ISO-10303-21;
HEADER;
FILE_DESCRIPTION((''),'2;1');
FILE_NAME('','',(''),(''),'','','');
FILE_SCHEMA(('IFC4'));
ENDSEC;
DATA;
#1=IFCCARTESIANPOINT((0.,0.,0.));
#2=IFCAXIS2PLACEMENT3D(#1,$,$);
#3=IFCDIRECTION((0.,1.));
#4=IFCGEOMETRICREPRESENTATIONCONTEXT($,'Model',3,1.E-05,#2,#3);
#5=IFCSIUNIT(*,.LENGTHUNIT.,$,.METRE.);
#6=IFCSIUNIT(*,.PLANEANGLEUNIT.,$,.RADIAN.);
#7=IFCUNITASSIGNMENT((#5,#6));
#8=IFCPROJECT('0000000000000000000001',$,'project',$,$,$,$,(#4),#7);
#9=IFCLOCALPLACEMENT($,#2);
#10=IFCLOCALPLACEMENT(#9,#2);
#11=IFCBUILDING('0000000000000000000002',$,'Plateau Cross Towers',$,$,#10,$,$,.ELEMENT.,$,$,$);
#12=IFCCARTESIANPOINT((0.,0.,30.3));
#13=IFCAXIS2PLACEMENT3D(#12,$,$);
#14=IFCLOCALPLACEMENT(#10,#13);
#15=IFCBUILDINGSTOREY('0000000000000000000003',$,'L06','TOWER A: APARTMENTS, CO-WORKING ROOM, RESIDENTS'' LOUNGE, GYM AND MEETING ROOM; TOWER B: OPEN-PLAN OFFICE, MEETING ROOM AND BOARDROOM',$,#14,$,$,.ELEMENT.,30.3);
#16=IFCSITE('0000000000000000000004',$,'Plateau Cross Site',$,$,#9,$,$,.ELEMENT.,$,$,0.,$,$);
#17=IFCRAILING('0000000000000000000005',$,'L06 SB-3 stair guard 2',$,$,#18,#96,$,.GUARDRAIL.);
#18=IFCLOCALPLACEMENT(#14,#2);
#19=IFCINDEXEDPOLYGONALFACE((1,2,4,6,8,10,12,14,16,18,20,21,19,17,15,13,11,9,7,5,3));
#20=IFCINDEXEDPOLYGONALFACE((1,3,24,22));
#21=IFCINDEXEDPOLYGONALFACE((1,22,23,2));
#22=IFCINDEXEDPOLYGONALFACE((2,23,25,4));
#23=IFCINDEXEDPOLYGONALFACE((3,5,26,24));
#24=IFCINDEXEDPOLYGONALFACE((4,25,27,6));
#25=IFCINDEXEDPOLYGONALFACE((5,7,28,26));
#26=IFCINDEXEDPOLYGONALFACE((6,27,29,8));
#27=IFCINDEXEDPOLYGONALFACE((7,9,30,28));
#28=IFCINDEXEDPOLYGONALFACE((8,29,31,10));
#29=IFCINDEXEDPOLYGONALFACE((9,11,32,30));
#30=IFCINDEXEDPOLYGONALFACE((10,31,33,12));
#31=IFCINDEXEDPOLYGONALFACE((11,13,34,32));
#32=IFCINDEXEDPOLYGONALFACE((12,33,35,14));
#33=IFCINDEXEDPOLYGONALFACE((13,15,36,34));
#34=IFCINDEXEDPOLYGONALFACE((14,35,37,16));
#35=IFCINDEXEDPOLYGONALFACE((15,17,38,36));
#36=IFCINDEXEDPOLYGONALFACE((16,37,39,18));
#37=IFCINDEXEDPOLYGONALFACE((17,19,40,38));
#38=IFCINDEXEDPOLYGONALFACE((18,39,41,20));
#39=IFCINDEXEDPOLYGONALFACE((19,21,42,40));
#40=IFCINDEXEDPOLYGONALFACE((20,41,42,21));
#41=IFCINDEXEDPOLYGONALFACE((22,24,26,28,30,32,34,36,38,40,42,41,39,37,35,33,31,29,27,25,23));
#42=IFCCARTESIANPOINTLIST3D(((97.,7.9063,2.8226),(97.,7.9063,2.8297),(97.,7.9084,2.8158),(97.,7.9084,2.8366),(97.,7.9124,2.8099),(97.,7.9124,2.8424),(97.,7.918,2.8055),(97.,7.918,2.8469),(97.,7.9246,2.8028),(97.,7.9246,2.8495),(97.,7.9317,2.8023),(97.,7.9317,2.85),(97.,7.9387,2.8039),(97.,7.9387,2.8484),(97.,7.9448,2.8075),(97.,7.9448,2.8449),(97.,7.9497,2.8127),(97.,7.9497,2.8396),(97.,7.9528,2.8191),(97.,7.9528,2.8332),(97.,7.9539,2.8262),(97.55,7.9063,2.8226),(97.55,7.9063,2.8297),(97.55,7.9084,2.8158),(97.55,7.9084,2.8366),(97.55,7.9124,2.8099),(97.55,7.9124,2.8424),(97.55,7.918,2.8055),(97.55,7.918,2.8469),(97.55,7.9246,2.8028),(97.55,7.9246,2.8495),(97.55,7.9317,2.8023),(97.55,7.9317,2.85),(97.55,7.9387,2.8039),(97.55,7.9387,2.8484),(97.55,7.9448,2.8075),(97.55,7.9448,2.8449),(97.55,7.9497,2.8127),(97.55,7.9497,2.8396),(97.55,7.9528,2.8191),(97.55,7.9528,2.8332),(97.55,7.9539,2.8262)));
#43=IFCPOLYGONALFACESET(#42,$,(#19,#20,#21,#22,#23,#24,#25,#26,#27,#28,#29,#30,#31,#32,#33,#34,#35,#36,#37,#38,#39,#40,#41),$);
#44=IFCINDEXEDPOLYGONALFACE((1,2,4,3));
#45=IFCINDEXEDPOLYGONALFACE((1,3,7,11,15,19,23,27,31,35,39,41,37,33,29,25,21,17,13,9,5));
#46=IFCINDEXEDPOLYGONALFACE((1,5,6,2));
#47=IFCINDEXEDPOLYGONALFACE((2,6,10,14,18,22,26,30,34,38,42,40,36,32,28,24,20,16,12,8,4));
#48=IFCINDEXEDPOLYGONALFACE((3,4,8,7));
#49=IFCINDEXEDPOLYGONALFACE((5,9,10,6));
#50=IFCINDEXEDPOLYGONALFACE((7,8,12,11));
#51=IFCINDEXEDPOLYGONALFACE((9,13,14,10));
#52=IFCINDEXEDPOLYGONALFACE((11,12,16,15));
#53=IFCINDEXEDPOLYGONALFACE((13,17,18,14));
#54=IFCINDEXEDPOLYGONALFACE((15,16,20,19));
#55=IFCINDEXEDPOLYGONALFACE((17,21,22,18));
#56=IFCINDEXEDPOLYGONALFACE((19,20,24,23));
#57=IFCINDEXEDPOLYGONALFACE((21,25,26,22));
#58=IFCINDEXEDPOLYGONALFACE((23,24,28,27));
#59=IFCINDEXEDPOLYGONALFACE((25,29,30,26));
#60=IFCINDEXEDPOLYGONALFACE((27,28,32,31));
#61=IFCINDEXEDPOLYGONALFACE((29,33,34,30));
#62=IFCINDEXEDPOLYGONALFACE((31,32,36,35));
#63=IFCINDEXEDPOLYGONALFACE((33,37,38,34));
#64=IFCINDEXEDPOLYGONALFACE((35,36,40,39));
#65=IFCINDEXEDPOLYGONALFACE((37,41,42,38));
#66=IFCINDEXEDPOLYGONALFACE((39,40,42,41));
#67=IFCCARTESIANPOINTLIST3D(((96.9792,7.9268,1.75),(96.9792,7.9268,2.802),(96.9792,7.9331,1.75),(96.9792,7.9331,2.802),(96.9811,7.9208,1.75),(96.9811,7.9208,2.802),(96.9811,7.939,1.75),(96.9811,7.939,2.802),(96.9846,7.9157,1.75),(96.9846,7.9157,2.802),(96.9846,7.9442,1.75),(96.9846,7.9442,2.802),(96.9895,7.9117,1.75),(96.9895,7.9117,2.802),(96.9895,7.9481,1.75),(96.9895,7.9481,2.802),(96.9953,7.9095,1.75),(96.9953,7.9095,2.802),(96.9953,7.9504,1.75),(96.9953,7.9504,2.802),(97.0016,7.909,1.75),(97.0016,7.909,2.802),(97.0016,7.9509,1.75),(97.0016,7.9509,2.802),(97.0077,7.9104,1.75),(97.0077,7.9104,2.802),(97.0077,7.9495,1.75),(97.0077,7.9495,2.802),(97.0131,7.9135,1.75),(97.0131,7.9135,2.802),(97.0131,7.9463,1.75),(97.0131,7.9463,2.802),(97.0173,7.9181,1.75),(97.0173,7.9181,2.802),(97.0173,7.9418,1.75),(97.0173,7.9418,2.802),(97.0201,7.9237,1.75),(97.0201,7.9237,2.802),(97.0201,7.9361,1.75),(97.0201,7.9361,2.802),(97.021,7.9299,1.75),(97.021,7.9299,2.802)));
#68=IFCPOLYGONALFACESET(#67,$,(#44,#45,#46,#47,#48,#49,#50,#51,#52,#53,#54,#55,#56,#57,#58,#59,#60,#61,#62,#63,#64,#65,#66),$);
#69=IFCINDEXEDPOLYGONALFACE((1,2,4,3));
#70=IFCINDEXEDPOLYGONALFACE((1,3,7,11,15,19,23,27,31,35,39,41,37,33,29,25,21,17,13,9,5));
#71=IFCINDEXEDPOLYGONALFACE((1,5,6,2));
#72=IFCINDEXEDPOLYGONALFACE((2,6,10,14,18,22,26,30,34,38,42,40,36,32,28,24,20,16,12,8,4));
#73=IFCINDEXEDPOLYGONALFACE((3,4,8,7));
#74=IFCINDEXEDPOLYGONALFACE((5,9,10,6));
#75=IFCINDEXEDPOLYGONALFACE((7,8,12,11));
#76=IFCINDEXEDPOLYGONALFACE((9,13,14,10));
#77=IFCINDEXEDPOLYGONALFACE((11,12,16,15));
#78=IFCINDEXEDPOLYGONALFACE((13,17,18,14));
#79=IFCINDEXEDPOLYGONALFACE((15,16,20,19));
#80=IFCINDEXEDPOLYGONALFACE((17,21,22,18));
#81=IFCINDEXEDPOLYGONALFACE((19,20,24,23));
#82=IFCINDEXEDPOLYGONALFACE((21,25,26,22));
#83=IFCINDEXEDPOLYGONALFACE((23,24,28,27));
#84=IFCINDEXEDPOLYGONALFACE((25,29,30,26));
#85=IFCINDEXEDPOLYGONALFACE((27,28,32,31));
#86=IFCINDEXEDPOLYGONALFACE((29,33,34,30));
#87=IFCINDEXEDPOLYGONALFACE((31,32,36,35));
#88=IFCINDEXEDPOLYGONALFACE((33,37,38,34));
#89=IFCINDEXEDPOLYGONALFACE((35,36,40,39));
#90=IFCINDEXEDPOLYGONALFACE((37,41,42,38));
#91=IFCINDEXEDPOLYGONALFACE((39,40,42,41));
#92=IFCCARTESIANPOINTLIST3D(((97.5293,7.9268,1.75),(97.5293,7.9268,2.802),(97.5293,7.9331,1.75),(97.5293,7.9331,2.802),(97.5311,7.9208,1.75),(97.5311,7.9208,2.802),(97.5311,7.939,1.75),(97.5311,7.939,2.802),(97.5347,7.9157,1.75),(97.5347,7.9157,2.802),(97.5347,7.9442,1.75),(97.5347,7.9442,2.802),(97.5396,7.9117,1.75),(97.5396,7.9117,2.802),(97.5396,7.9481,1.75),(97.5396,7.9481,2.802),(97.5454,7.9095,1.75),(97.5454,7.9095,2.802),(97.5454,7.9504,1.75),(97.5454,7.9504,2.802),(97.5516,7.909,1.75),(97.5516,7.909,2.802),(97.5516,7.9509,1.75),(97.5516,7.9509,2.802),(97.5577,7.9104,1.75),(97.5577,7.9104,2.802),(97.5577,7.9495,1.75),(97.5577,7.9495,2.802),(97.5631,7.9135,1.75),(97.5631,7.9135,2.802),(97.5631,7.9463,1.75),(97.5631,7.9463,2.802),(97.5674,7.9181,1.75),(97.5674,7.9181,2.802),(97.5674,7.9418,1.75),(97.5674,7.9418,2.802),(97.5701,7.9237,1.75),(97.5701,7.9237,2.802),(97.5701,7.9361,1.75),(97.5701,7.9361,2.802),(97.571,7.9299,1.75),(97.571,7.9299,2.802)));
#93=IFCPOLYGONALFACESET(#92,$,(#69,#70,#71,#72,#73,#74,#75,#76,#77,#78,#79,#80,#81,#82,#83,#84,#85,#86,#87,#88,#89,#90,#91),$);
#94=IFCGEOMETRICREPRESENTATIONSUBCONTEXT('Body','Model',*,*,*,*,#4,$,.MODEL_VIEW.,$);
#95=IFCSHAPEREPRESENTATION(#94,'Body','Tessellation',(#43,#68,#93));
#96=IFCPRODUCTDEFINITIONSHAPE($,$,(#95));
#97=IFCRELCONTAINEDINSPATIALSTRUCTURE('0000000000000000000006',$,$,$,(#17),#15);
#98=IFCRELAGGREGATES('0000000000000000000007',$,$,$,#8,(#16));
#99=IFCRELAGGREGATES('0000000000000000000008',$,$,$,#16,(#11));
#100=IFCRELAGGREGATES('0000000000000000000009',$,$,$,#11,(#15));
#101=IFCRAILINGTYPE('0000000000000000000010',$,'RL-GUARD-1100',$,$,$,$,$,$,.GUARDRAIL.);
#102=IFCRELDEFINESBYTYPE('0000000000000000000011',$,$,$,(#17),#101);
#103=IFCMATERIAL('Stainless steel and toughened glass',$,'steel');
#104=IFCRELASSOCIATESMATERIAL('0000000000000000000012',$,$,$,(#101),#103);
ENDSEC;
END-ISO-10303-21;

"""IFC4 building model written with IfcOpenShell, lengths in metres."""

from ifc_helpers import new_model, si_unit, direction, frame, origin, origin_2d, place, context, subcontext, project, spatial, circle, extrude, material, type_object, element, save


model = new_model("IFC4")

# Units and contexts
model_context = context("Model", 3, precision=1e-05, world=origin(), true_north=direction((0.0, 1.0)))
body_context = subcontext(model_context, "Body", "Model", "MODEL_VIEW")
ifc_project = project(units=[si_unit("LENGTHUNIT", "METRE"), si_unit("PLANEANGLEUNIT", "RADIAN")], contexts=[model_context])

# Site, building, storey
site_placement = place(None, origin())
site = spatial("IfcSite", under=ifc_project, at=site_placement, Name="Plateau Cross Site", CompositionType="ELEMENT", RefElevation=0.0)
building_placement = place(site_placement, origin())
building = spatial("IfcBuilding", under=site, at=building_placement, Name="Plateau Cross Towers", CompositionType="ELEMENT")
storey_placement = place(building_placement, frame((0.0, 0.0, 30.3)))
storey = spatial("IfcBuildingStorey", under=building, at=storey_placement, Name="L06", Description="TOWER A: APARTMENTS, CO-WORKING ROOM, RESIDENTS' LOUNGE, GYM AND MEETING ROOM; TOWER B: OPEN-PLAN OFFICE, MEETING ROOM AND BOARDROOM", CompositionType="ELEMENT", Elevation=30.3)

# Railing
ifc_material_1 = material(Name="Stainless steel and toughened glass", Category="steel")
railing_type_1 = type_object("IfcRailingType", Name="RL-GUARD-1100", PredefinedType="GUARDRAIL", material=ifc_material_1)
railing_1_placement = place(storey_placement, frame((97.0, 7.9299, 1.75)))
element("IfcRailing", 1, at=railing_1_placement, inside=storey, type_object=railing_type_1, Name="L06 SB-3 stair guard 2", PredefinedType="GUARDRAIL", context=body_context, shape_type="SweptSolid", body=[
    extrude(circle(Radius=0.0239, at=origin_2d()), frame((0.0, 0.0, 1.0762), z_axis=(1.0, 0.0, 0.0), x_axis=(0.0, 1.0, 0.0)), (0.0, 0.0, 1.0), 0.55),
    extrude(circle(Radius=0.021, at=origin_2d()), origin(), (0.0, 0.0, 1.0), 1.052),
    extrude(circle(Radius=0.021, at=origin_2d()), frame((0.55, 0.0, 0.0)), (0.0, 0.0, 1.0), 1.052),
])

save(model, "model.ifc")
